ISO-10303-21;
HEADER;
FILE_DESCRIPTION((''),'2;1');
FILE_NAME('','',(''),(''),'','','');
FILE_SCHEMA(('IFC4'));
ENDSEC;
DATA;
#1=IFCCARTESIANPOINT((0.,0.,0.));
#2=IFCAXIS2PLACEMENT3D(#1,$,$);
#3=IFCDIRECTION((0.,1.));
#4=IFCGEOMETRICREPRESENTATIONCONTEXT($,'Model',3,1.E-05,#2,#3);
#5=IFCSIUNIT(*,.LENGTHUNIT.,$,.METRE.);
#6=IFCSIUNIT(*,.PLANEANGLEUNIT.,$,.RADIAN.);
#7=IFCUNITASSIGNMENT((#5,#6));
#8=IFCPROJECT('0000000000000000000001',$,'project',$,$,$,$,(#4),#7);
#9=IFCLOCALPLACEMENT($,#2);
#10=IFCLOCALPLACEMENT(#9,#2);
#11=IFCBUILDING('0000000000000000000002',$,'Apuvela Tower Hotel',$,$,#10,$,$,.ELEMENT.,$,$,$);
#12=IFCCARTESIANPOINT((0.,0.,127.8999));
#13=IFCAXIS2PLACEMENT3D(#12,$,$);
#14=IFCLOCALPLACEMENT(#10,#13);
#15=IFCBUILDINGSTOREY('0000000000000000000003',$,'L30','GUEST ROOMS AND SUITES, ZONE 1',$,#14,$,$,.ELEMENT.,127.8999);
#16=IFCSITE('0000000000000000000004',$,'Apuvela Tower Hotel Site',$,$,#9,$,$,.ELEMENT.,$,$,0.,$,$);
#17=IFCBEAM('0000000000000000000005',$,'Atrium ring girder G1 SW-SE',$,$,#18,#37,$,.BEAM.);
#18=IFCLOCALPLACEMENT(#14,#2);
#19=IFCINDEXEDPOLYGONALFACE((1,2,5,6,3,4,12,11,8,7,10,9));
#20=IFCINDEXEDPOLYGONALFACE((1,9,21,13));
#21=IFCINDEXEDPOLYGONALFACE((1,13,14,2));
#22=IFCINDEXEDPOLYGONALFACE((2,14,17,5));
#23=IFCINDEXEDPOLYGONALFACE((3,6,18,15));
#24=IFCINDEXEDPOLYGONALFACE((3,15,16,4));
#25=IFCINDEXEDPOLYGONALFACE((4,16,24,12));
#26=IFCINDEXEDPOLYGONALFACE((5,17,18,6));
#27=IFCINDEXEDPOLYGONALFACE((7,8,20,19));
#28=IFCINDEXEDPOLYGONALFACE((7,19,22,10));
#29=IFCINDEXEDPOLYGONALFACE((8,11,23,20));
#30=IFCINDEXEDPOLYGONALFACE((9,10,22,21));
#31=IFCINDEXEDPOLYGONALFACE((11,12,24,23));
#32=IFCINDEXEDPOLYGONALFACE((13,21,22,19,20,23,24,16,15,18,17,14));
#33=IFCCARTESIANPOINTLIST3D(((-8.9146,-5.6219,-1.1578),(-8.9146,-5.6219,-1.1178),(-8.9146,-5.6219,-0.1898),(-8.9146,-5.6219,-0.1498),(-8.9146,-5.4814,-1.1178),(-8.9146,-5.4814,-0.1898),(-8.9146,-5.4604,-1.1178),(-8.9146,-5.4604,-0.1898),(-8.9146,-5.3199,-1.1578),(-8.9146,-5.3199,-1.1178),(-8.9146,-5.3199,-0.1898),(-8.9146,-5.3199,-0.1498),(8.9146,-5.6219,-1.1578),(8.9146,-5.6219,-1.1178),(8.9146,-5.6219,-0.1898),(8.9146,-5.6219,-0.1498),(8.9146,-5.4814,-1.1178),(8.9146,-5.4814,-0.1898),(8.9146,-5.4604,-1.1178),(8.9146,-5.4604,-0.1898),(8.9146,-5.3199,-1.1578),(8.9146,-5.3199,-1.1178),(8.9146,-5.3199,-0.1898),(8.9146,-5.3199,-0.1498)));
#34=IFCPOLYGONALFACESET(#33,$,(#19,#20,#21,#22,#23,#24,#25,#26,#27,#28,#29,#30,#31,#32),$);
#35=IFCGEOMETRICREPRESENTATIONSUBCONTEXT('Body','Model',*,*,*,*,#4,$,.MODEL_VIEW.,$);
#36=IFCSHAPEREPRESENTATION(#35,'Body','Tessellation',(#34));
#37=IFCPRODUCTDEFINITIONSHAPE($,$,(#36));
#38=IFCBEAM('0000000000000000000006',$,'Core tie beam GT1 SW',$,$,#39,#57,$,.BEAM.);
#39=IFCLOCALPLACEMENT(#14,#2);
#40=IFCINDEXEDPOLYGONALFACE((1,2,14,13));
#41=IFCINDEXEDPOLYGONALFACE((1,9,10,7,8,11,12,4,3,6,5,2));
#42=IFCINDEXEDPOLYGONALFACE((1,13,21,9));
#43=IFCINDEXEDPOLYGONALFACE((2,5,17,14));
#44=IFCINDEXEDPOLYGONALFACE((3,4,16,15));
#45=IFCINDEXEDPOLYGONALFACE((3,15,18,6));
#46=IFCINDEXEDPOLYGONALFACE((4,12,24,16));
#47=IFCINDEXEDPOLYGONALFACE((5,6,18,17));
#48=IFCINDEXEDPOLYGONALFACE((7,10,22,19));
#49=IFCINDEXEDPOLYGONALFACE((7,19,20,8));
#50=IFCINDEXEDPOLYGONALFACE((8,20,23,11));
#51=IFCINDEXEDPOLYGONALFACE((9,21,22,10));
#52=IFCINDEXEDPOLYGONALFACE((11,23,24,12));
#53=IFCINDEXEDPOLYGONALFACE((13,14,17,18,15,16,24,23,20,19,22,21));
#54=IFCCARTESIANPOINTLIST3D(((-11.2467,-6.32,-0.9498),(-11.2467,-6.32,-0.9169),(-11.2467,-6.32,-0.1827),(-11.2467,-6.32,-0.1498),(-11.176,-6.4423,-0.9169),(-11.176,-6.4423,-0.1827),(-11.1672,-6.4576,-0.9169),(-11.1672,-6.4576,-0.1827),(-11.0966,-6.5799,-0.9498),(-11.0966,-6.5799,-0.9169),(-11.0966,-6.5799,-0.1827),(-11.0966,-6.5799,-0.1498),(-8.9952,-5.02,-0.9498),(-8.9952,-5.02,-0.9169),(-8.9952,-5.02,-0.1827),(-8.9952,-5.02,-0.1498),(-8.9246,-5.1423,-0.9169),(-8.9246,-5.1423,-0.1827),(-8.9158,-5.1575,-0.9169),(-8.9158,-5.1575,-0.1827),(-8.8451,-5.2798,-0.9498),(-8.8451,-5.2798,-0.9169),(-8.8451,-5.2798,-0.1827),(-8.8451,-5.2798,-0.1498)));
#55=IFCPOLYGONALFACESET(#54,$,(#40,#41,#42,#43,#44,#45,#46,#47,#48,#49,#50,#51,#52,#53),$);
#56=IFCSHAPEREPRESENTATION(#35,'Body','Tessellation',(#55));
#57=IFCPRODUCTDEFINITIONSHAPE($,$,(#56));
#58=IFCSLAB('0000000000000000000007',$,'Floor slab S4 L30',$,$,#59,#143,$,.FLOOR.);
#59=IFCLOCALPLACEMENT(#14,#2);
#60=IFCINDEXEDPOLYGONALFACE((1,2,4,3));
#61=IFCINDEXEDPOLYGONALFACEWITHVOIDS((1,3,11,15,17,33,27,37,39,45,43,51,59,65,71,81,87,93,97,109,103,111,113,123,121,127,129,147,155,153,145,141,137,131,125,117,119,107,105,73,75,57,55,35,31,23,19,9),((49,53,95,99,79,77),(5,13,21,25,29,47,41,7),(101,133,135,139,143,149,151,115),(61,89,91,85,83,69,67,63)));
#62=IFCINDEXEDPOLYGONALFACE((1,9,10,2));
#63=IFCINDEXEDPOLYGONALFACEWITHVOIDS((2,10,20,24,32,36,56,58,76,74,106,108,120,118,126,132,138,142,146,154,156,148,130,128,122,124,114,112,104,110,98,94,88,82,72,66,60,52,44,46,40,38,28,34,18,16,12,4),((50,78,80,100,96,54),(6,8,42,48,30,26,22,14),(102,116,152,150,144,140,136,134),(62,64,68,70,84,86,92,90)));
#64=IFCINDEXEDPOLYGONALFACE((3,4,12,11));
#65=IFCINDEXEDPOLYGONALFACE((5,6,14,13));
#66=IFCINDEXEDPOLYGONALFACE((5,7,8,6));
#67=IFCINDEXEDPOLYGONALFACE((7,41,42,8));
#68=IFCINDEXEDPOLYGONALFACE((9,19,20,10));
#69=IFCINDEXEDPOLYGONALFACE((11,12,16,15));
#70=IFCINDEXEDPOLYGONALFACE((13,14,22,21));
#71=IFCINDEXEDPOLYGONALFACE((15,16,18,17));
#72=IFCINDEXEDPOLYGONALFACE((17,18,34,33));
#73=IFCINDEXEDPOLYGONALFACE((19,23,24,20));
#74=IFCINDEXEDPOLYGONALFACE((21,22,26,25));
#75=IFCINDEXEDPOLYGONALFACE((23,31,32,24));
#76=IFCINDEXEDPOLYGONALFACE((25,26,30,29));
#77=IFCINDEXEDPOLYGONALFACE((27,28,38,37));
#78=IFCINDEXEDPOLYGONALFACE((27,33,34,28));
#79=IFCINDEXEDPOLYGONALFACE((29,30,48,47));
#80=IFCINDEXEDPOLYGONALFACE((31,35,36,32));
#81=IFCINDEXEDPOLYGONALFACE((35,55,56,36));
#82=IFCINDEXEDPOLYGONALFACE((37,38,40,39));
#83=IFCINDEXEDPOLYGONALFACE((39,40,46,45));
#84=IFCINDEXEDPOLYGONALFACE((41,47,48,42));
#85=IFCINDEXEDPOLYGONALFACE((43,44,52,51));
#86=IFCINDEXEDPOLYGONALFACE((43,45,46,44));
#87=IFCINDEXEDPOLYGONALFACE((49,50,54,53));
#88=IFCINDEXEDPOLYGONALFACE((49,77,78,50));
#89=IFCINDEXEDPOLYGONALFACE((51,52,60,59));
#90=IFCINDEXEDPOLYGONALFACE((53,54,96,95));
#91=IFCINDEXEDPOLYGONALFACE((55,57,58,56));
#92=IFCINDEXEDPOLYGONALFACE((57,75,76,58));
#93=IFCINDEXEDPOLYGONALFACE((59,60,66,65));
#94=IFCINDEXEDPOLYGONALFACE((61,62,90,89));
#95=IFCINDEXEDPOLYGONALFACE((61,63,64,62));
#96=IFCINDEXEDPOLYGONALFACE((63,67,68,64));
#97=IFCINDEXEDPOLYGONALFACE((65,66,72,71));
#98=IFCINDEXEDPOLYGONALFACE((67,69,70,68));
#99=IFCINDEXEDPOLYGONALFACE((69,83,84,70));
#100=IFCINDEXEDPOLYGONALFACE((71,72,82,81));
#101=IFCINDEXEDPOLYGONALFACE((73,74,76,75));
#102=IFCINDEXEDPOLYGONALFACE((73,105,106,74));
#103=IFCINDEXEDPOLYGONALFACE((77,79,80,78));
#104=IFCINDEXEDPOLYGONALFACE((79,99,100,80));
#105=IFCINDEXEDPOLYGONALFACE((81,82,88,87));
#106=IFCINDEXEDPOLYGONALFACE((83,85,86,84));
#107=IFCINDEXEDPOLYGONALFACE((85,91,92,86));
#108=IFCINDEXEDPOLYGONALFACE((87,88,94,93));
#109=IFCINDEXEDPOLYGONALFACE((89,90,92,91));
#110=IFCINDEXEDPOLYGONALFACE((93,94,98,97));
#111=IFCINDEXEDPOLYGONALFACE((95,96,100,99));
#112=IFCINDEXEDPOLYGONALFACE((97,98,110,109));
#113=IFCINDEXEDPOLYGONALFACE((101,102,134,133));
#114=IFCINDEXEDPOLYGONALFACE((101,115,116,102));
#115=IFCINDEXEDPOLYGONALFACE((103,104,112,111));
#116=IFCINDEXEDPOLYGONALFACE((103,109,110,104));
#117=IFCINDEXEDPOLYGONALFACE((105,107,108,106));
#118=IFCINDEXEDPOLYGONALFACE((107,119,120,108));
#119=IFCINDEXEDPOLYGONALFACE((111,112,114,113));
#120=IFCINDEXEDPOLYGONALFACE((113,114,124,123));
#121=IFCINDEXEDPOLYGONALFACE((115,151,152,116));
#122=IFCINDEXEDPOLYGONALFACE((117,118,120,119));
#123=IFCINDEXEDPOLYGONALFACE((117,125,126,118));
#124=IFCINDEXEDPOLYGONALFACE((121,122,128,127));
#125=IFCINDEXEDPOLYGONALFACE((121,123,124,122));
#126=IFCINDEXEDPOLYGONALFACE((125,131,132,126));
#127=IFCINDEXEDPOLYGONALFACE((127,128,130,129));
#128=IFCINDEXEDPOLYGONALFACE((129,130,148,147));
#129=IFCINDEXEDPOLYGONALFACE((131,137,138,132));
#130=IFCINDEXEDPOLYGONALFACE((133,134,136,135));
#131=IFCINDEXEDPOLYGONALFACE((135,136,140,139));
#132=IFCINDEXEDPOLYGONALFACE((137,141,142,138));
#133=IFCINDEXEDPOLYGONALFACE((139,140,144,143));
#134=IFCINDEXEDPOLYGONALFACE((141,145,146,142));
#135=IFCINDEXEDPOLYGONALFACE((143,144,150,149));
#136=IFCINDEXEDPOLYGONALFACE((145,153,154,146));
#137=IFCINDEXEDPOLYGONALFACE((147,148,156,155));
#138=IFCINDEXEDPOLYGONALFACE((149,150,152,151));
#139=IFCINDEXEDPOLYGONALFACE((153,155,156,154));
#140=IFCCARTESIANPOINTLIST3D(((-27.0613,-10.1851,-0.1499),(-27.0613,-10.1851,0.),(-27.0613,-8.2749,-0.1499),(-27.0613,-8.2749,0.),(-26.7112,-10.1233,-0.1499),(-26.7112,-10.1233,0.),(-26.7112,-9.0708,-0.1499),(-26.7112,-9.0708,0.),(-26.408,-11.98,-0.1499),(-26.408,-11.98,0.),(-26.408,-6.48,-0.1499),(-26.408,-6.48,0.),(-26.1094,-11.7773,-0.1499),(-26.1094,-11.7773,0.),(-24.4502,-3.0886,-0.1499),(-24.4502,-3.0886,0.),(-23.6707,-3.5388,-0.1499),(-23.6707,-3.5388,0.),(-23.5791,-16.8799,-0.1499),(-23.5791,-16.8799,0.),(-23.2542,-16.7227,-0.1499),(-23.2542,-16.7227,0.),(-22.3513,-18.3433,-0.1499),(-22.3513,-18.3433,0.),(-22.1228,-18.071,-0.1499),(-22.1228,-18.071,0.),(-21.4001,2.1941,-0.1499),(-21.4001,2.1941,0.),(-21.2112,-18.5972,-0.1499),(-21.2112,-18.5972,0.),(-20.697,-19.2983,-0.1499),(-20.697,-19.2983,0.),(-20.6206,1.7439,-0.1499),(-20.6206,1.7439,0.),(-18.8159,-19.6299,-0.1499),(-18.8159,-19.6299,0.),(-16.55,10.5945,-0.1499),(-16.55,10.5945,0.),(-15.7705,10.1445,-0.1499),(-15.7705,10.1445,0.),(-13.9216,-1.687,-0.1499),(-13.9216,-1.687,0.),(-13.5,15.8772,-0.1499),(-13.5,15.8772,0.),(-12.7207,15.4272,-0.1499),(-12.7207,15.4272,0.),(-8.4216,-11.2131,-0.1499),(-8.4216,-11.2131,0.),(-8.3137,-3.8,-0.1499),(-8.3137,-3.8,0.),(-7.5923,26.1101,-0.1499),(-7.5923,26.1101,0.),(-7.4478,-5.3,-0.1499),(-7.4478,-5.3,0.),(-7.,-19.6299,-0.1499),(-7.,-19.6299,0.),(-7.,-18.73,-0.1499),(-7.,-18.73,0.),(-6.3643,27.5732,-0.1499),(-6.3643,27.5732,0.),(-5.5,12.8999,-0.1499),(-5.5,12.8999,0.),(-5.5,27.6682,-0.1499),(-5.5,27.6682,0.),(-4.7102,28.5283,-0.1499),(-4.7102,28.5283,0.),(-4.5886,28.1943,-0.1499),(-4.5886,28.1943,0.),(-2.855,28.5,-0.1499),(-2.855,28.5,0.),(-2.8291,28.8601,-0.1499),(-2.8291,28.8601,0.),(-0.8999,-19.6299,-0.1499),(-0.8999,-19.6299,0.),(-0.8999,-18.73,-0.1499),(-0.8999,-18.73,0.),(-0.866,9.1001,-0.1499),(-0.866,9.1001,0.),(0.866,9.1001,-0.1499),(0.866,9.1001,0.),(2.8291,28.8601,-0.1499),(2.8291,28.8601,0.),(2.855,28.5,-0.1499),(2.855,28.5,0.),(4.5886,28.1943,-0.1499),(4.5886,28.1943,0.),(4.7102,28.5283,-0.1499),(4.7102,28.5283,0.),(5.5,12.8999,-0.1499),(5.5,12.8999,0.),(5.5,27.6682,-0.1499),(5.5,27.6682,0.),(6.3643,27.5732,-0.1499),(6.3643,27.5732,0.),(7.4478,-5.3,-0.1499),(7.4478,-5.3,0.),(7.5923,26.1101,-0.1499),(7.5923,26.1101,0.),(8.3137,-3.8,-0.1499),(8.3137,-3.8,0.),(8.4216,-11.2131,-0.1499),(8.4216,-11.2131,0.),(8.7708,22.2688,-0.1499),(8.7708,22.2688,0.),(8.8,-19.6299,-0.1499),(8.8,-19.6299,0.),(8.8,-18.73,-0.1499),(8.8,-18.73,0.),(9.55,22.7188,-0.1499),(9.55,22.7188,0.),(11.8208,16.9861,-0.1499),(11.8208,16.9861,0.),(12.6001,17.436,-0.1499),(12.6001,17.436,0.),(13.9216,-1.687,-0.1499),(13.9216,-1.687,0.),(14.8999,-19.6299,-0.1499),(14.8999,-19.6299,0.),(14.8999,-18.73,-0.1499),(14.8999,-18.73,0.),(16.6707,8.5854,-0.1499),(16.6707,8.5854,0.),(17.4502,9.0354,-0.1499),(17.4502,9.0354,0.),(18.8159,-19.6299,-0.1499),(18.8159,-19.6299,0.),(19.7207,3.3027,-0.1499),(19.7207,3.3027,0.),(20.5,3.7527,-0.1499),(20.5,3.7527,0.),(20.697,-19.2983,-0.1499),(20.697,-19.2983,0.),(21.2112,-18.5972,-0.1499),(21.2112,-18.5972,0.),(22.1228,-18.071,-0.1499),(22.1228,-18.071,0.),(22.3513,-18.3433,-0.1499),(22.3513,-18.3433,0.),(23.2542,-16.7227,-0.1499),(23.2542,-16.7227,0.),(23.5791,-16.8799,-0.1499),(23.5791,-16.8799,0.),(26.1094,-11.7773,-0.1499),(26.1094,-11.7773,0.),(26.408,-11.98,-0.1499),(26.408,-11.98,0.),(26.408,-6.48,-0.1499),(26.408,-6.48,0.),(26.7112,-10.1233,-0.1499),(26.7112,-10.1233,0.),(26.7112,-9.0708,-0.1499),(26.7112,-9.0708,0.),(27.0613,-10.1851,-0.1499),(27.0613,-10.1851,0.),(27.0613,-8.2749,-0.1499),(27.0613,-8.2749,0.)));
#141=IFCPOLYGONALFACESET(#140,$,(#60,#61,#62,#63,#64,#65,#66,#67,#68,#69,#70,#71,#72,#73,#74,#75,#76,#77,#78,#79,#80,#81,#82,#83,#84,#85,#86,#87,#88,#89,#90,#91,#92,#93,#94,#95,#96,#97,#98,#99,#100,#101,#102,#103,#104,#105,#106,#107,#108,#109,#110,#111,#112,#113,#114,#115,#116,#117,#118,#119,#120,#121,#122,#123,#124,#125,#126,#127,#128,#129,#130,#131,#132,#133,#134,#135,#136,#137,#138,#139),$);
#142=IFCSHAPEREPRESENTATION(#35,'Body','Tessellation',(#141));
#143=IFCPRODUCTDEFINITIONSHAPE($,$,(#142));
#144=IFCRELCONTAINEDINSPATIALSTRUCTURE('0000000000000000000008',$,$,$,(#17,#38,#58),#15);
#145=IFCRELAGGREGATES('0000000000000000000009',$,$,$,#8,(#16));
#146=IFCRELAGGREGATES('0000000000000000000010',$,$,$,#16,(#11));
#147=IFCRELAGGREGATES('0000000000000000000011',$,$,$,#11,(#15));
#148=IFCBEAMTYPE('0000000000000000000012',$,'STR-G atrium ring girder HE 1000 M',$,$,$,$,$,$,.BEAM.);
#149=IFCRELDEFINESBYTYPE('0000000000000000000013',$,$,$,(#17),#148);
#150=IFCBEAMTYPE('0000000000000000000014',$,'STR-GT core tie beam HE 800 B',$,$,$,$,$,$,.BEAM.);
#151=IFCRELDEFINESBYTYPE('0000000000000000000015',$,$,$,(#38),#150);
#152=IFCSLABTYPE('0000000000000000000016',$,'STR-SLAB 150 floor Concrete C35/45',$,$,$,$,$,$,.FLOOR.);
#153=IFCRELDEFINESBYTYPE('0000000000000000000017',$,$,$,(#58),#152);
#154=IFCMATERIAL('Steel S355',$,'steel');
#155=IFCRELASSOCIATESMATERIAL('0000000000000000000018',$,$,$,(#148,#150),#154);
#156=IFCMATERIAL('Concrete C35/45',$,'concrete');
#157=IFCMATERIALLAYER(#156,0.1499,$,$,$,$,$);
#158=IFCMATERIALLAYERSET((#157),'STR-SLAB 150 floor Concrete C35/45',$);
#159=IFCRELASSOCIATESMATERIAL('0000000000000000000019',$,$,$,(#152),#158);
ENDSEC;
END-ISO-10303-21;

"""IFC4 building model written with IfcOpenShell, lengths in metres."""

from ifc_helpers import new_model, si_unit, direction, frame, origin, origin_2d, place, context, subcontext, project, spatial, polyline, i_section, outline, extrude, material, layer, layer_set, material_profile, profile_set, type_object, element, save


model = new_model("IFC4")

# Units and contexts
model_context = context("Model", 3, precision=1e-05, world=origin(), true_north=direction((0.0, 1.0)))
body_context = subcontext(model_context, "Body", "Model", "MODEL_VIEW")
ifc_project = project(units=[si_unit("LENGTHUNIT", "METRE"), si_unit("PLANEANGLEUNIT", "RADIAN")], contexts=[model_context])

# Site, building, storey
site_placement = place(None, origin())
site = spatial("IfcSite", under=ifc_project, at=site_placement, Name="Apuvela Tower Hotel Site", CompositionType="ELEMENT", RefElevation=0.0)
building_placement = place(site_placement, origin())
building = spatial("IfcBuilding", under=site, at=building_placement, Name="Apuvela Tower Hotel", CompositionType="ELEMENT")
storey_placement = place(building_placement, frame((0.0, 0.0, 127.8999)))
storey = spatial("IfcBuildingStorey", under=building, at=storey_placement, Name="L30", Description="GUEST ROOMS AND SUITES, ZONE 1", CompositionType="ELEMENT", Elevation=127.8999)

# Beams
ifc_material_1 = material(Name="Steel S355", Category="steel")
ifc_material_profile_1 = material_profile(ifc_material_1, i_section(OverallWidth=0.302, OverallDepth=1.0081, WebThickness=0.021, FlangeThickness=0.04, at=origin_2d()), Name="HE 1000 M")
ifc_profile_set_1 = profile_set([ifc_material_profile_1], Name="Steel S355")
beam_type_1 = type_object("IfcBeamType", Name="STR-G atrium ring girder HE 1000 M", PredefinedType="BEAM", material=ifc_profile_set_1)
beam_1_placement = place(storey_placement, frame((-8.9146, -5.4709, -0.6538), z_axis=(1.0, 0.0, 0.0), x_axis=(0.0, 1.0, 0.0)))
element("IfcBeam", 1, at=beam_1_placement, inside=storey, type_object=beam_type_1, Name="Atrium ring girder G1 SW-SE", PredefinedType="BEAM", context=body_context, shape_type="SweptSolid", body=[
    extrude(i_section(OverallWidth=0.302, OverallDepth=1.0081, WebThickness=0.021, FlangeThickness=0.04, at=origin_2d()), origin(), (0.0, 0.0, 1.0), 17.8291),
])
ifc_material_profile_2 = material_profile(ifc_material_1, i_section(OverallWidth=0.3, OverallDepth=0.8, WebThickness=0.0176, FlangeThickness=0.033, at=origin_2d()), Name="HE 800 B")
ifc_profile_set_2 = profile_set([ifc_material_profile_2], Name="Steel S355")
beam_type_2 = type_object("IfcBeamType", Name="STR-GT core tie beam HE 800 B", PredefinedType="BEAM", material=ifc_profile_set_2)
beam_2_placement = place(storey_placement, frame((-11.1716, -6.45, -0.5498), z_axis=(0.865998, 0.500048, 0.0), x_axis=(-0.500048, 0.865998, 0.0)))
element("IfcBeam", 2, at=beam_2_placement, inside=storey, type_object=beam_type_2, Name="Core tie beam GT1 SW", PredefinedType="BEAM", context=body_context, shape_type="SweptSolid", body=[
    extrude(i_section(OverallWidth=0.3, OverallDepth=0.8, WebThickness=0.0176, FlangeThickness=0.033, at=origin_2d()), origin(), (0.0, 0.0, 1.0), 2.5999),
])

# Slab
ifc_material_2 = material(Name="Concrete C35/45", Category="concrete")
ifc_layer_1 = layer(ifc_material_2, 0.1499)
ifc_layer_set_1 = layer_set([ifc_layer_1], Name="STR-SLAB 150 floor Concrete C35/45")
slab_type = type_object("IfcSlabType", Name="STR-SLAB 150 floor Concrete C35/45", PredefinedType="FLOOR", material=ifc_layer_set_1)
slab_placement = place(storey_placement, frame((0.0, 0.0, -0.1499)))
element("IfcSlab", 3, at=slab_placement, inside=storey, type_object=slab_type, Name="Floor slab S4 L30", PredefinedType="FLOOR", context=body_context, shape_type="SweptSolid", body=[
    extrude(outline(polyline([(-6.3643, 27.5732), (-4.7102, 28.5283), (-2.8291, 28.8601), (2.8291, 28.8601), (4.7102, 28.5283), (6.3643, 27.5732), (7.5923, 26.1101), (9.55, 22.7188), (8.7708, 22.2688), (11.8208, 16.9861), (12.6001, 17.436), (17.4502, 9.0354), (16.6707, 8.5854), (19.7207, 3.3027), (20.5, 3.7527), (26.408, -6.48), (27.0613, -8.2749), (27.0613, -10.1851), (26.408, -11.98), (23.5791, -16.8799), (22.3513, -18.3433), (20.697, -19.2983), (18.8159, -19.6299), (14.8999, -19.6299), (14.8999, -18.73), (8.8, -18.73), (8.8, -19.6299), (-0.8999, -19.6299), (-0.8999, -18.73), (-7.0, -18.73), (-7.0, -19.6299), (-18.8159, -19.6299), (-20.697, -19.2983), (-22.3513, -18.3433), (-23.5791, -16.8799), (-26.408, -11.98), (-27.0613, -10.1851), (-27.0613, -8.2749), (-26.408, -6.48), (-24.4502, -3.0886), (-23.6707, -3.5388), (-20.6206, 1.7439), (-21.4001, 2.1941), (-16.55, 10.5945), (-15.7705, 10.1445), (-12.7207, 15.4272), (-13.5, 15.8772), (-7.5923, 26.1101), (-6.3643, 27.5732)]), holes=[polyline([(0.866, 9.1001), (-0.866, 9.1001), (-8.3137, -3.8), (-7.4478, -5.3), (7.4478, -5.3), (8.3137, -3.8), (0.866, 9.1001)]), polyline([(-5.5, 12.8999), (-5.5, 27.6682), (-4.5886, 28.1943), (-2.855, 28.5), (2.855, 28.5), (4.5886, 28.1943), (5.5, 27.6682), (5.5, 12.8999), (-5.5, 12.8999)]), polyline([(-8.4216, -11.2131), (-21.2112, -18.5972), (-22.1228, -18.071), (-23.2542, -16.7227), (-26.1094, -11.7773), (-26.7112, -10.1233), (-26.7112, -9.0708), (-13.9216, -1.687), (-8.4216, -11.2131)]), polyline([(13.9216, -1.687), (26.7112, -9.0708), (26.7112, -10.1233), (26.1094, -11.7773), (23.2542, -16.7227), (22.1228, -18.071), (21.2112, -18.5972), (8.4216, -11.2131), (13.9216, -1.687)])]), origin(), (0.0, 0.0, 1.0), 0.1499),
])

save(model, "model.ifc")
